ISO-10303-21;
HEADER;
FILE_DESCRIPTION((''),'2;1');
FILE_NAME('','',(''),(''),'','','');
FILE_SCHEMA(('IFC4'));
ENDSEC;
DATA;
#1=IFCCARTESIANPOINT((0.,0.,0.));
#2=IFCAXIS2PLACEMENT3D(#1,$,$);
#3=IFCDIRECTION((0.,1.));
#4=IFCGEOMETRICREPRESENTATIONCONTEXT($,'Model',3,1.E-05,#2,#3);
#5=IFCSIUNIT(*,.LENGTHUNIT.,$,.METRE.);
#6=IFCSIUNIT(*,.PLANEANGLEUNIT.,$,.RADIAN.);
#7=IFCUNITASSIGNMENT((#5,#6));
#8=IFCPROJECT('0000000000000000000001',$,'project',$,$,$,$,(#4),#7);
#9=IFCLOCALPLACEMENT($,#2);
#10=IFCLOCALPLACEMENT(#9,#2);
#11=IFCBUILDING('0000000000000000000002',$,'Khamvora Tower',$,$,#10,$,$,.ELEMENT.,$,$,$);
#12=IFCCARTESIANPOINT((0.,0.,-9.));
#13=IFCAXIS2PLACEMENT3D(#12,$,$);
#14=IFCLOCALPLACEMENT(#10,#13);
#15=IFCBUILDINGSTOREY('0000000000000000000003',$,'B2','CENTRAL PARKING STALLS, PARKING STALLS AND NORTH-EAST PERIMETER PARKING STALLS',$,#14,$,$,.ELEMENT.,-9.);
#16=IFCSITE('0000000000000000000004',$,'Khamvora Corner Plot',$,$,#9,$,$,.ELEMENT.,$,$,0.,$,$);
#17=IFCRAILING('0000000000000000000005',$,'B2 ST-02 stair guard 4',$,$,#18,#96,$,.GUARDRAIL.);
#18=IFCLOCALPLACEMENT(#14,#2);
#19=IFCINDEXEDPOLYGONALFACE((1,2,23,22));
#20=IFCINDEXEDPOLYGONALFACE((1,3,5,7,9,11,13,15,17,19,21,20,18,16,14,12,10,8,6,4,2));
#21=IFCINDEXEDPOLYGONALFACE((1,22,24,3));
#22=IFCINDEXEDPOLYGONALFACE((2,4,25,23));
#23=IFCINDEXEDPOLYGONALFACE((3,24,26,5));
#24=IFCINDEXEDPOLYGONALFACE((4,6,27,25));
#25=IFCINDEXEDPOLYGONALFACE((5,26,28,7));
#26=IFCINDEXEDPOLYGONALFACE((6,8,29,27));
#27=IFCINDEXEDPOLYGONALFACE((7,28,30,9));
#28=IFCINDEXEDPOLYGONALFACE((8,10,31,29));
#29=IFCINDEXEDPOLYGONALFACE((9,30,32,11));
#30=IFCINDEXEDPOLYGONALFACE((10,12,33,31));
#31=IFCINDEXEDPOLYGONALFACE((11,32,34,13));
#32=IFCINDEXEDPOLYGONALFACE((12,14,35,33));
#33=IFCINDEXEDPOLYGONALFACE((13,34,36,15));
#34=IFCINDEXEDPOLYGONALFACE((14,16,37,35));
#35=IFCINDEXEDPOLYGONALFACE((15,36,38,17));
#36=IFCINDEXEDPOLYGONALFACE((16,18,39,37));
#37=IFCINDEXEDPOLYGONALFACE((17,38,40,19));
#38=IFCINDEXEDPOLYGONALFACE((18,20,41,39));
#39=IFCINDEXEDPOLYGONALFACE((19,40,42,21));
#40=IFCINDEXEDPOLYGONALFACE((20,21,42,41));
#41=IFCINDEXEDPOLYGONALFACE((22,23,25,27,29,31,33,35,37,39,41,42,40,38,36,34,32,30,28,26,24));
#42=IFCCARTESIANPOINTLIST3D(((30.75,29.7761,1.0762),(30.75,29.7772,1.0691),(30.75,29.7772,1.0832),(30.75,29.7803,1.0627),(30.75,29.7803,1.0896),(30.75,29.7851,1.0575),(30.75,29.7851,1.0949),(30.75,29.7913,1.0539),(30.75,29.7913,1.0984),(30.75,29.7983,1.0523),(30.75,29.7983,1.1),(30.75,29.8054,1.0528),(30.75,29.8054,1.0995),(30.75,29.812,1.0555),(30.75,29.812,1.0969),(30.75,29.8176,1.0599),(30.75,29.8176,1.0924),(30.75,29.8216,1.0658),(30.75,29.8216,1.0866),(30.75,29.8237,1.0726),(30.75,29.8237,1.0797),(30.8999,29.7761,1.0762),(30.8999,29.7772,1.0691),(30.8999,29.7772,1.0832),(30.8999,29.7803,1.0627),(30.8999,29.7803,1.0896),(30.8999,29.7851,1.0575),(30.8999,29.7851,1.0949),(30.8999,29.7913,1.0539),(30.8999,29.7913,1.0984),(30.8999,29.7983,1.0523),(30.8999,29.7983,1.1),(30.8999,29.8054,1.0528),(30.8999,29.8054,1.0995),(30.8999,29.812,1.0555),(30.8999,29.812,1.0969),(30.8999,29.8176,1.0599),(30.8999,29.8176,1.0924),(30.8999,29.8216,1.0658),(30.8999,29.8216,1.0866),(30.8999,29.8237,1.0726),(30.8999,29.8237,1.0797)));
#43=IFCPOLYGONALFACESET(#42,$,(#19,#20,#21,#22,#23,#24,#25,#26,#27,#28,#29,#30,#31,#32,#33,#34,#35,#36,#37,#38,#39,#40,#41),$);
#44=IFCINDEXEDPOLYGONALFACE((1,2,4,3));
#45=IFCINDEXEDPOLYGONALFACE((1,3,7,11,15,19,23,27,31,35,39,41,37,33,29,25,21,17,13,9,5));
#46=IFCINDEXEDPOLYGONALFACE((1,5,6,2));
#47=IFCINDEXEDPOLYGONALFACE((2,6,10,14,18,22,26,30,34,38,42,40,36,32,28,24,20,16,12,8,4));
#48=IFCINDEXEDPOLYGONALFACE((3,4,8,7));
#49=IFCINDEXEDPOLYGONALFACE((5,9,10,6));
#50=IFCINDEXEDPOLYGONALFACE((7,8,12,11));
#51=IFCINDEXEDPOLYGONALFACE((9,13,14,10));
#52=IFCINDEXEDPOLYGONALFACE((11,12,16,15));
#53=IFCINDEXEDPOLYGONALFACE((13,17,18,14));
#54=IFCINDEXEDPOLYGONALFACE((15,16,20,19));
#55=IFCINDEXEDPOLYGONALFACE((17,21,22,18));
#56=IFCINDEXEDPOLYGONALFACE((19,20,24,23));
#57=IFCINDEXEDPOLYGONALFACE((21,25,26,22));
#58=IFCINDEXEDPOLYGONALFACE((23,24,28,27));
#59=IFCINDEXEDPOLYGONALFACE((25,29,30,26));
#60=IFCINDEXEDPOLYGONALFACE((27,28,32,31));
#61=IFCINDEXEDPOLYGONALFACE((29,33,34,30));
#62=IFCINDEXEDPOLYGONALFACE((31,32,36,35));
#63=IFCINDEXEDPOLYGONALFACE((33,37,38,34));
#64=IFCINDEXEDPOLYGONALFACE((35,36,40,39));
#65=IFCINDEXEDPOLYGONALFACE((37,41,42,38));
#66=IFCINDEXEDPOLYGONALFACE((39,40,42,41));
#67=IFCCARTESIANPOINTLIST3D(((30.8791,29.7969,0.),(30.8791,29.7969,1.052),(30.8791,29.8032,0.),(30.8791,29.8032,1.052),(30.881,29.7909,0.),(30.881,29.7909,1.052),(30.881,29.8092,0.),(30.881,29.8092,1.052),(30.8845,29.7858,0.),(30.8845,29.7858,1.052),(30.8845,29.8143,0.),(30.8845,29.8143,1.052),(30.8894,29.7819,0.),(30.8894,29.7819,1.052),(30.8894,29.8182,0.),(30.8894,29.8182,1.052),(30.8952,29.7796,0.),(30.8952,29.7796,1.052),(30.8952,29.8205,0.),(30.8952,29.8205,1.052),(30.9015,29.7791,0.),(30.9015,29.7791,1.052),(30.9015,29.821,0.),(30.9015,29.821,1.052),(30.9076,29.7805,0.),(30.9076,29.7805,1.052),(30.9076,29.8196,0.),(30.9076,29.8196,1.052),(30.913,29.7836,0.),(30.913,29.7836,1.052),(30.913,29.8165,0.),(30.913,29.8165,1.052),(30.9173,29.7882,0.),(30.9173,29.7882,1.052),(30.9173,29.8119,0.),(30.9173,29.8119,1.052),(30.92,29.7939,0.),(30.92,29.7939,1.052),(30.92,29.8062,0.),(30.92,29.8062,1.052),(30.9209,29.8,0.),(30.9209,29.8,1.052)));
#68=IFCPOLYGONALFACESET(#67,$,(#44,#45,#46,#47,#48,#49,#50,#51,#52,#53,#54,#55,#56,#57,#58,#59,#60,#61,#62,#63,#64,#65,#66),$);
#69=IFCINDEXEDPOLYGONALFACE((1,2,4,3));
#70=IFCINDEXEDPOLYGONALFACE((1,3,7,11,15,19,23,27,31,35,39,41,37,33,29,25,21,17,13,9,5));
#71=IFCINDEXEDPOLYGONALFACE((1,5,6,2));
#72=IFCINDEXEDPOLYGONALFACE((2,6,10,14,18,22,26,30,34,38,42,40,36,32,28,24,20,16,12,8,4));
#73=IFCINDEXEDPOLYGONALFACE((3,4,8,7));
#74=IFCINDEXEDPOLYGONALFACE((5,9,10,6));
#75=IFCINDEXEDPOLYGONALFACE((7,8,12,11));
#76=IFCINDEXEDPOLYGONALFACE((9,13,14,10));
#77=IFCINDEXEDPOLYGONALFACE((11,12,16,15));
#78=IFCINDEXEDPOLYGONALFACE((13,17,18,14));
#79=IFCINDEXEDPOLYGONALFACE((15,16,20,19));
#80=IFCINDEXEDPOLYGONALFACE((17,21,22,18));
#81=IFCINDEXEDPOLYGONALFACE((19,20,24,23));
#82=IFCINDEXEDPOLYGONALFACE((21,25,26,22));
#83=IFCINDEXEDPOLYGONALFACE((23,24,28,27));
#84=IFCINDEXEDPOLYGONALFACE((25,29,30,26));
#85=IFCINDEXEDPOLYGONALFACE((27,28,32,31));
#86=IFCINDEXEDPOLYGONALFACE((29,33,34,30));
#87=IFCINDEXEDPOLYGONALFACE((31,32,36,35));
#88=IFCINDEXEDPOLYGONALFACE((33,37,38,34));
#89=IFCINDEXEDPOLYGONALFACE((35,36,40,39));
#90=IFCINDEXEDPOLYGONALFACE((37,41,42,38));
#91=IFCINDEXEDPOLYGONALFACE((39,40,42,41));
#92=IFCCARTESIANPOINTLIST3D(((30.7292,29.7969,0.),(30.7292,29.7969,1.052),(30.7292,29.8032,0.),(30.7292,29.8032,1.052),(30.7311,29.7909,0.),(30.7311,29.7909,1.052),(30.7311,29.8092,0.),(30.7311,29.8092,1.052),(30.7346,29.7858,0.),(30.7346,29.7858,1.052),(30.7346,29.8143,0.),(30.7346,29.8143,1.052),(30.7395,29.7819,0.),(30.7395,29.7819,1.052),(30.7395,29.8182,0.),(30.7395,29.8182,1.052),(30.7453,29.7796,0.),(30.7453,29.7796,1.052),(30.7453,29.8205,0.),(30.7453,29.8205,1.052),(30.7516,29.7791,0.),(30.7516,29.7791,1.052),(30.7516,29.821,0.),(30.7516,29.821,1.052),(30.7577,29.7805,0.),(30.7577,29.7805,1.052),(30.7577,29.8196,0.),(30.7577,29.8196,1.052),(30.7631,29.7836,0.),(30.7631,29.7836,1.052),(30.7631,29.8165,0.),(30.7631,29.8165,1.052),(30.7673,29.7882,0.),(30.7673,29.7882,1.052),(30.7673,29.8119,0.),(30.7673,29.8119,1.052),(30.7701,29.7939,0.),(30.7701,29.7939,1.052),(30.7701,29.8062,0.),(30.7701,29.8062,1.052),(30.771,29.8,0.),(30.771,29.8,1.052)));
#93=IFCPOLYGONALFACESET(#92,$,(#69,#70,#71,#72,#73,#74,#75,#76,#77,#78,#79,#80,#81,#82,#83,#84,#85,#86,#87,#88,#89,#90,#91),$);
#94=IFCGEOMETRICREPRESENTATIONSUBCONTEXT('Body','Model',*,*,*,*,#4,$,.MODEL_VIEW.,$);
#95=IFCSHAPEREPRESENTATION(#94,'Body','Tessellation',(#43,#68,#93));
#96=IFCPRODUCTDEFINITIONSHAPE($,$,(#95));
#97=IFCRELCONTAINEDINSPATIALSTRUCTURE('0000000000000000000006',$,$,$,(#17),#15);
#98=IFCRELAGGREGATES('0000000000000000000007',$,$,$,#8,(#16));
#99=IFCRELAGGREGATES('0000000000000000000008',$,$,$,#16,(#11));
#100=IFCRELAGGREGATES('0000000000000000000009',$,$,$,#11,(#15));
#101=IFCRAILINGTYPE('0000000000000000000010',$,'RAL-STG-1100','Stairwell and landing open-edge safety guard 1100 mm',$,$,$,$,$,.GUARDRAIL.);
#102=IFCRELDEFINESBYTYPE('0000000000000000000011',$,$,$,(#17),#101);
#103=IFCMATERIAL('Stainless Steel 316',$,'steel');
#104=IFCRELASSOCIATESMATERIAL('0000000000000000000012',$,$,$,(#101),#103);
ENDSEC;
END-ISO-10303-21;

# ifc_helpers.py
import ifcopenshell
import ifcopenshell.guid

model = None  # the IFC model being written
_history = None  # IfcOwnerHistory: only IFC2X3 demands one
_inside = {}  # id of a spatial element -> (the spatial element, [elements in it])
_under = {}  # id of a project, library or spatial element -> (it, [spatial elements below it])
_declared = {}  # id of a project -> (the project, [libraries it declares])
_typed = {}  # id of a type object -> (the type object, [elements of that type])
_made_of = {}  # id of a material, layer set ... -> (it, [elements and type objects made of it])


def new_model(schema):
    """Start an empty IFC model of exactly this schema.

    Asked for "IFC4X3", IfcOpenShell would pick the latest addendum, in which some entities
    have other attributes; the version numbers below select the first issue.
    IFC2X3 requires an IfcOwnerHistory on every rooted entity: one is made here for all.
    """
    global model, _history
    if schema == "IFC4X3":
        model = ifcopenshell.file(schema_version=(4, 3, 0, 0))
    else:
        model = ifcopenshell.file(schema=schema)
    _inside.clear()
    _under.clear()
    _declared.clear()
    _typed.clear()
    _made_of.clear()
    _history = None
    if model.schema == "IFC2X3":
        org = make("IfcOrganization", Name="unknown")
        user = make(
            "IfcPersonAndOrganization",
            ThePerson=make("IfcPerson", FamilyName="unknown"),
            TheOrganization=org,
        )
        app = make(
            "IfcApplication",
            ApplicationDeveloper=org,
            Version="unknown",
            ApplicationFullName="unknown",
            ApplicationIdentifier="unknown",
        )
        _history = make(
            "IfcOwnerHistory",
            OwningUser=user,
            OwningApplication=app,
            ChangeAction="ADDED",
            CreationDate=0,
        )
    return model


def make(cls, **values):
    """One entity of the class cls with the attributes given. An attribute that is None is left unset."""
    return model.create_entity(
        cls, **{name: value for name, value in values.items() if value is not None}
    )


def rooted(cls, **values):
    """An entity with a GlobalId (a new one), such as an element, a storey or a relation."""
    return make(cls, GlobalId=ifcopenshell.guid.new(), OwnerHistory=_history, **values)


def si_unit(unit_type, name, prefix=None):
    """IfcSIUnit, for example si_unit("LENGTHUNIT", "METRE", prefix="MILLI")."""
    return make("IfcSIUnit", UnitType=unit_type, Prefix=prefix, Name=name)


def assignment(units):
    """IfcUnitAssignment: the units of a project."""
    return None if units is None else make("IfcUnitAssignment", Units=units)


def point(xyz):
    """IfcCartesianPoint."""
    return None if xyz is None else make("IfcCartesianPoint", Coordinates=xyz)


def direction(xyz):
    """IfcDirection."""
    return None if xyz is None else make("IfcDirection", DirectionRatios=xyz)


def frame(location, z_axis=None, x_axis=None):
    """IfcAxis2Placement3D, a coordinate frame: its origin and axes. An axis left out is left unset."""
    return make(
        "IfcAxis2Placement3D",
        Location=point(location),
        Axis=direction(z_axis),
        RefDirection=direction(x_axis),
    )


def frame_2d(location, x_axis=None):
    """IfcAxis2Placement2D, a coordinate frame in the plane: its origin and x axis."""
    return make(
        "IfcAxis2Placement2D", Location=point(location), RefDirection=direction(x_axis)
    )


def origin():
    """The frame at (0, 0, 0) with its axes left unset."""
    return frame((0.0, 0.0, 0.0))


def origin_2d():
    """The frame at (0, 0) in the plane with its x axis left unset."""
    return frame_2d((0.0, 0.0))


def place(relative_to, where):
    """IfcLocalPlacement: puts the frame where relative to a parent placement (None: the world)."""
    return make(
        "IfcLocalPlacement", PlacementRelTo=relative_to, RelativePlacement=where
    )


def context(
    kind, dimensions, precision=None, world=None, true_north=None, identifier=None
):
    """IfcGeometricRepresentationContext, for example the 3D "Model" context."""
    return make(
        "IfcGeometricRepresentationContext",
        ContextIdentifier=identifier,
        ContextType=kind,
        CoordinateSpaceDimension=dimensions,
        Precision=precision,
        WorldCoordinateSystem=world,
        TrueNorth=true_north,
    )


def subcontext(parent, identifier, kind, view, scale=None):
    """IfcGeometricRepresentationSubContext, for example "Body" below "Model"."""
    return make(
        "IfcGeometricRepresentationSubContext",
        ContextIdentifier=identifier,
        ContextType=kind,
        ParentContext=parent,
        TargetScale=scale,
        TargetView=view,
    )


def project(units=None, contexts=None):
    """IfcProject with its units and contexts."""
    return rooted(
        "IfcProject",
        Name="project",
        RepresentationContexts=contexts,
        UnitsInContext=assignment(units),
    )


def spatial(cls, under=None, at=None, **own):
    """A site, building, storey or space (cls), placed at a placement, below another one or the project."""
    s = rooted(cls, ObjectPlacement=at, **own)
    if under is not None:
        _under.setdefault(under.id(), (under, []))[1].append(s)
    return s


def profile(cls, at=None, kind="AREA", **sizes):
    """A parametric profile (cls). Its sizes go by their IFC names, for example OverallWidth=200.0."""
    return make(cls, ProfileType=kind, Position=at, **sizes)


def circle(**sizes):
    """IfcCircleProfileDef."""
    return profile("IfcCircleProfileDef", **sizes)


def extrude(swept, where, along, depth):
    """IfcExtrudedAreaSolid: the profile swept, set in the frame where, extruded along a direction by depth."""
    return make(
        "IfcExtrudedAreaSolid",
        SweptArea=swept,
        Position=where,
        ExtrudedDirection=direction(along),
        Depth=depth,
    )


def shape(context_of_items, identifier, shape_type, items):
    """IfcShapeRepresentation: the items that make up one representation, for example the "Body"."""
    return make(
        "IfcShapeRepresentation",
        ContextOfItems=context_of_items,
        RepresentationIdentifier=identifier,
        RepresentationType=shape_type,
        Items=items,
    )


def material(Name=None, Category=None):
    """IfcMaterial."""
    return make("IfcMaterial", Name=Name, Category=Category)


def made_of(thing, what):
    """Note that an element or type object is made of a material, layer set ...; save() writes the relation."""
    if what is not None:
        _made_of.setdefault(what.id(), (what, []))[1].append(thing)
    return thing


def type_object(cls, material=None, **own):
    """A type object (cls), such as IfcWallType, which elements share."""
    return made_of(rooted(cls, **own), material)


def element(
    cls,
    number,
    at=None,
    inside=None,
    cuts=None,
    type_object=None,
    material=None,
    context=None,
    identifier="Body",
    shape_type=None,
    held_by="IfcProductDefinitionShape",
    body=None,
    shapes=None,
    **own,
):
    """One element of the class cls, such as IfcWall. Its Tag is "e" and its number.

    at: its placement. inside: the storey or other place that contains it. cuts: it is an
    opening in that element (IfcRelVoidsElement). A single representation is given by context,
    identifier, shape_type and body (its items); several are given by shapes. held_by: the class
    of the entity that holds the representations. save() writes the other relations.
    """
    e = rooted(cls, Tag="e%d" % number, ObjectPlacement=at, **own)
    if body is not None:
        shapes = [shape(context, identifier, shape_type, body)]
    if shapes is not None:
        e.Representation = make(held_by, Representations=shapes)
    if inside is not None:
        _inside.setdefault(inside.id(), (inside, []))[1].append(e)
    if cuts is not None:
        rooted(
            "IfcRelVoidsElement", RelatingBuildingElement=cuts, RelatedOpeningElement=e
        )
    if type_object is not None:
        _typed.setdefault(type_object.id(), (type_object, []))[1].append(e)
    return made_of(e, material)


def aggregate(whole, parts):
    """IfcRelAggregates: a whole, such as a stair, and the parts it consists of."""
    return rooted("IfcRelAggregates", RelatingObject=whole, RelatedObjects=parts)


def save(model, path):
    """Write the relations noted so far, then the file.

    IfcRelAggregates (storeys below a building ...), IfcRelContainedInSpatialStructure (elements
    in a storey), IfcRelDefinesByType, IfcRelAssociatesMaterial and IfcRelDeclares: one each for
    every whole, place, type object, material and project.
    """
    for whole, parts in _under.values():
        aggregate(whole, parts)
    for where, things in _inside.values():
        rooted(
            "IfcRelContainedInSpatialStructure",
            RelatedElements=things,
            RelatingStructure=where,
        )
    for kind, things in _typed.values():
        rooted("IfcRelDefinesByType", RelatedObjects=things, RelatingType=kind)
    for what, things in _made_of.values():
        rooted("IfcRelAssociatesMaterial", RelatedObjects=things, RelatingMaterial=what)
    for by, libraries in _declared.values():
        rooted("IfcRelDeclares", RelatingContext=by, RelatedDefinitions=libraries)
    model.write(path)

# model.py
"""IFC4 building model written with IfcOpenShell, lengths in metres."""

from ifc_helpers import new_model, si_unit, direction, frame, origin, origin_2d, place, context, subcontext, project, spatial, circle, extrude, material, type_object, element, save


model = new_model("IFC4")

# Units and contexts
model_context = context("Model", 3, precision=1e-05, world=origin(), true_north=direction((0.0, 1.0)))
body_context = subcontext(model_context, "Body", "Model", "MODEL_VIEW")
ifc_project = project(units=[si_unit("LENGTHUNIT", "METRE"), si_unit("PLANEANGLEUNIT", "RADIAN")], contexts=[model_context])

# Site, building, storey
site_placement = place(None, origin())
site = spatial("IfcSite", under=ifc_project, at=site_placement, Name="Khamvora Corner Plot", CompositionType="ELEMENT", RefElevation=0.0)
building_placement = place(site_placement, origin())
building = spatial("IfcBuilding", under=site, at=building_placement, Name="Khamvora Tower", CompositionType="ELEMENT")
storey_placement = place(building_placement, frame((0.0, 0.0, -9.0)))
storey = spatial("IfcBuildingStorey", under=building, at=storey_placement, Name="B2", Description="CENTRAL PARKING STALLS, PARKING STALLS AND NORTH-EAST PERIMETER PARKING STALLS", CompositionType="ELEMENT", Elevation=-9.0)

# Railing
ifc_material_1 = material(Name="Stainless Steel 316", Category="steel")
railing_type_1 = type_object("IfcRailingType", Name="RAL-STG-1100", Description="Stairwell and landing open-edge safety guard 1100 mm", PredefinedType="GUARDRAIL", material=ifc_material_1)
railing_1_placement = place(storey_placement, frame((30.8999, 29.8, 0.0)))
element("IfcRailing", 1, at=railing_1_placement, inside=storey, type_object=railing_type_1, Name="B2 ST-02 stair guard 4", PredefinedType="GUARDRAIL", context=body_context, shape_type="SweptSolid", body=[
    extrude(circle(Radius=0.0239, at=origin_2d()), frame((0.0, 0.0, 1.0762), z_axis=(-1.0, 0.0, 0.0), x_axis=(0.0, -1.0, 0.0)), (0.0, 0.0, 1.0), 0.1499),
    extrude(circle(Radius=0.021, at=origin_2d()), origin(), (0.0, 0.0, 1.0), 1.052),
    extrude(circle(Radius=0.021, at=origin_2d()), frame((-0.1499, 0.0, 0.0)), (0.0, 0.0, 1.0), 1.052),
])

save(model, "model.ifc")
